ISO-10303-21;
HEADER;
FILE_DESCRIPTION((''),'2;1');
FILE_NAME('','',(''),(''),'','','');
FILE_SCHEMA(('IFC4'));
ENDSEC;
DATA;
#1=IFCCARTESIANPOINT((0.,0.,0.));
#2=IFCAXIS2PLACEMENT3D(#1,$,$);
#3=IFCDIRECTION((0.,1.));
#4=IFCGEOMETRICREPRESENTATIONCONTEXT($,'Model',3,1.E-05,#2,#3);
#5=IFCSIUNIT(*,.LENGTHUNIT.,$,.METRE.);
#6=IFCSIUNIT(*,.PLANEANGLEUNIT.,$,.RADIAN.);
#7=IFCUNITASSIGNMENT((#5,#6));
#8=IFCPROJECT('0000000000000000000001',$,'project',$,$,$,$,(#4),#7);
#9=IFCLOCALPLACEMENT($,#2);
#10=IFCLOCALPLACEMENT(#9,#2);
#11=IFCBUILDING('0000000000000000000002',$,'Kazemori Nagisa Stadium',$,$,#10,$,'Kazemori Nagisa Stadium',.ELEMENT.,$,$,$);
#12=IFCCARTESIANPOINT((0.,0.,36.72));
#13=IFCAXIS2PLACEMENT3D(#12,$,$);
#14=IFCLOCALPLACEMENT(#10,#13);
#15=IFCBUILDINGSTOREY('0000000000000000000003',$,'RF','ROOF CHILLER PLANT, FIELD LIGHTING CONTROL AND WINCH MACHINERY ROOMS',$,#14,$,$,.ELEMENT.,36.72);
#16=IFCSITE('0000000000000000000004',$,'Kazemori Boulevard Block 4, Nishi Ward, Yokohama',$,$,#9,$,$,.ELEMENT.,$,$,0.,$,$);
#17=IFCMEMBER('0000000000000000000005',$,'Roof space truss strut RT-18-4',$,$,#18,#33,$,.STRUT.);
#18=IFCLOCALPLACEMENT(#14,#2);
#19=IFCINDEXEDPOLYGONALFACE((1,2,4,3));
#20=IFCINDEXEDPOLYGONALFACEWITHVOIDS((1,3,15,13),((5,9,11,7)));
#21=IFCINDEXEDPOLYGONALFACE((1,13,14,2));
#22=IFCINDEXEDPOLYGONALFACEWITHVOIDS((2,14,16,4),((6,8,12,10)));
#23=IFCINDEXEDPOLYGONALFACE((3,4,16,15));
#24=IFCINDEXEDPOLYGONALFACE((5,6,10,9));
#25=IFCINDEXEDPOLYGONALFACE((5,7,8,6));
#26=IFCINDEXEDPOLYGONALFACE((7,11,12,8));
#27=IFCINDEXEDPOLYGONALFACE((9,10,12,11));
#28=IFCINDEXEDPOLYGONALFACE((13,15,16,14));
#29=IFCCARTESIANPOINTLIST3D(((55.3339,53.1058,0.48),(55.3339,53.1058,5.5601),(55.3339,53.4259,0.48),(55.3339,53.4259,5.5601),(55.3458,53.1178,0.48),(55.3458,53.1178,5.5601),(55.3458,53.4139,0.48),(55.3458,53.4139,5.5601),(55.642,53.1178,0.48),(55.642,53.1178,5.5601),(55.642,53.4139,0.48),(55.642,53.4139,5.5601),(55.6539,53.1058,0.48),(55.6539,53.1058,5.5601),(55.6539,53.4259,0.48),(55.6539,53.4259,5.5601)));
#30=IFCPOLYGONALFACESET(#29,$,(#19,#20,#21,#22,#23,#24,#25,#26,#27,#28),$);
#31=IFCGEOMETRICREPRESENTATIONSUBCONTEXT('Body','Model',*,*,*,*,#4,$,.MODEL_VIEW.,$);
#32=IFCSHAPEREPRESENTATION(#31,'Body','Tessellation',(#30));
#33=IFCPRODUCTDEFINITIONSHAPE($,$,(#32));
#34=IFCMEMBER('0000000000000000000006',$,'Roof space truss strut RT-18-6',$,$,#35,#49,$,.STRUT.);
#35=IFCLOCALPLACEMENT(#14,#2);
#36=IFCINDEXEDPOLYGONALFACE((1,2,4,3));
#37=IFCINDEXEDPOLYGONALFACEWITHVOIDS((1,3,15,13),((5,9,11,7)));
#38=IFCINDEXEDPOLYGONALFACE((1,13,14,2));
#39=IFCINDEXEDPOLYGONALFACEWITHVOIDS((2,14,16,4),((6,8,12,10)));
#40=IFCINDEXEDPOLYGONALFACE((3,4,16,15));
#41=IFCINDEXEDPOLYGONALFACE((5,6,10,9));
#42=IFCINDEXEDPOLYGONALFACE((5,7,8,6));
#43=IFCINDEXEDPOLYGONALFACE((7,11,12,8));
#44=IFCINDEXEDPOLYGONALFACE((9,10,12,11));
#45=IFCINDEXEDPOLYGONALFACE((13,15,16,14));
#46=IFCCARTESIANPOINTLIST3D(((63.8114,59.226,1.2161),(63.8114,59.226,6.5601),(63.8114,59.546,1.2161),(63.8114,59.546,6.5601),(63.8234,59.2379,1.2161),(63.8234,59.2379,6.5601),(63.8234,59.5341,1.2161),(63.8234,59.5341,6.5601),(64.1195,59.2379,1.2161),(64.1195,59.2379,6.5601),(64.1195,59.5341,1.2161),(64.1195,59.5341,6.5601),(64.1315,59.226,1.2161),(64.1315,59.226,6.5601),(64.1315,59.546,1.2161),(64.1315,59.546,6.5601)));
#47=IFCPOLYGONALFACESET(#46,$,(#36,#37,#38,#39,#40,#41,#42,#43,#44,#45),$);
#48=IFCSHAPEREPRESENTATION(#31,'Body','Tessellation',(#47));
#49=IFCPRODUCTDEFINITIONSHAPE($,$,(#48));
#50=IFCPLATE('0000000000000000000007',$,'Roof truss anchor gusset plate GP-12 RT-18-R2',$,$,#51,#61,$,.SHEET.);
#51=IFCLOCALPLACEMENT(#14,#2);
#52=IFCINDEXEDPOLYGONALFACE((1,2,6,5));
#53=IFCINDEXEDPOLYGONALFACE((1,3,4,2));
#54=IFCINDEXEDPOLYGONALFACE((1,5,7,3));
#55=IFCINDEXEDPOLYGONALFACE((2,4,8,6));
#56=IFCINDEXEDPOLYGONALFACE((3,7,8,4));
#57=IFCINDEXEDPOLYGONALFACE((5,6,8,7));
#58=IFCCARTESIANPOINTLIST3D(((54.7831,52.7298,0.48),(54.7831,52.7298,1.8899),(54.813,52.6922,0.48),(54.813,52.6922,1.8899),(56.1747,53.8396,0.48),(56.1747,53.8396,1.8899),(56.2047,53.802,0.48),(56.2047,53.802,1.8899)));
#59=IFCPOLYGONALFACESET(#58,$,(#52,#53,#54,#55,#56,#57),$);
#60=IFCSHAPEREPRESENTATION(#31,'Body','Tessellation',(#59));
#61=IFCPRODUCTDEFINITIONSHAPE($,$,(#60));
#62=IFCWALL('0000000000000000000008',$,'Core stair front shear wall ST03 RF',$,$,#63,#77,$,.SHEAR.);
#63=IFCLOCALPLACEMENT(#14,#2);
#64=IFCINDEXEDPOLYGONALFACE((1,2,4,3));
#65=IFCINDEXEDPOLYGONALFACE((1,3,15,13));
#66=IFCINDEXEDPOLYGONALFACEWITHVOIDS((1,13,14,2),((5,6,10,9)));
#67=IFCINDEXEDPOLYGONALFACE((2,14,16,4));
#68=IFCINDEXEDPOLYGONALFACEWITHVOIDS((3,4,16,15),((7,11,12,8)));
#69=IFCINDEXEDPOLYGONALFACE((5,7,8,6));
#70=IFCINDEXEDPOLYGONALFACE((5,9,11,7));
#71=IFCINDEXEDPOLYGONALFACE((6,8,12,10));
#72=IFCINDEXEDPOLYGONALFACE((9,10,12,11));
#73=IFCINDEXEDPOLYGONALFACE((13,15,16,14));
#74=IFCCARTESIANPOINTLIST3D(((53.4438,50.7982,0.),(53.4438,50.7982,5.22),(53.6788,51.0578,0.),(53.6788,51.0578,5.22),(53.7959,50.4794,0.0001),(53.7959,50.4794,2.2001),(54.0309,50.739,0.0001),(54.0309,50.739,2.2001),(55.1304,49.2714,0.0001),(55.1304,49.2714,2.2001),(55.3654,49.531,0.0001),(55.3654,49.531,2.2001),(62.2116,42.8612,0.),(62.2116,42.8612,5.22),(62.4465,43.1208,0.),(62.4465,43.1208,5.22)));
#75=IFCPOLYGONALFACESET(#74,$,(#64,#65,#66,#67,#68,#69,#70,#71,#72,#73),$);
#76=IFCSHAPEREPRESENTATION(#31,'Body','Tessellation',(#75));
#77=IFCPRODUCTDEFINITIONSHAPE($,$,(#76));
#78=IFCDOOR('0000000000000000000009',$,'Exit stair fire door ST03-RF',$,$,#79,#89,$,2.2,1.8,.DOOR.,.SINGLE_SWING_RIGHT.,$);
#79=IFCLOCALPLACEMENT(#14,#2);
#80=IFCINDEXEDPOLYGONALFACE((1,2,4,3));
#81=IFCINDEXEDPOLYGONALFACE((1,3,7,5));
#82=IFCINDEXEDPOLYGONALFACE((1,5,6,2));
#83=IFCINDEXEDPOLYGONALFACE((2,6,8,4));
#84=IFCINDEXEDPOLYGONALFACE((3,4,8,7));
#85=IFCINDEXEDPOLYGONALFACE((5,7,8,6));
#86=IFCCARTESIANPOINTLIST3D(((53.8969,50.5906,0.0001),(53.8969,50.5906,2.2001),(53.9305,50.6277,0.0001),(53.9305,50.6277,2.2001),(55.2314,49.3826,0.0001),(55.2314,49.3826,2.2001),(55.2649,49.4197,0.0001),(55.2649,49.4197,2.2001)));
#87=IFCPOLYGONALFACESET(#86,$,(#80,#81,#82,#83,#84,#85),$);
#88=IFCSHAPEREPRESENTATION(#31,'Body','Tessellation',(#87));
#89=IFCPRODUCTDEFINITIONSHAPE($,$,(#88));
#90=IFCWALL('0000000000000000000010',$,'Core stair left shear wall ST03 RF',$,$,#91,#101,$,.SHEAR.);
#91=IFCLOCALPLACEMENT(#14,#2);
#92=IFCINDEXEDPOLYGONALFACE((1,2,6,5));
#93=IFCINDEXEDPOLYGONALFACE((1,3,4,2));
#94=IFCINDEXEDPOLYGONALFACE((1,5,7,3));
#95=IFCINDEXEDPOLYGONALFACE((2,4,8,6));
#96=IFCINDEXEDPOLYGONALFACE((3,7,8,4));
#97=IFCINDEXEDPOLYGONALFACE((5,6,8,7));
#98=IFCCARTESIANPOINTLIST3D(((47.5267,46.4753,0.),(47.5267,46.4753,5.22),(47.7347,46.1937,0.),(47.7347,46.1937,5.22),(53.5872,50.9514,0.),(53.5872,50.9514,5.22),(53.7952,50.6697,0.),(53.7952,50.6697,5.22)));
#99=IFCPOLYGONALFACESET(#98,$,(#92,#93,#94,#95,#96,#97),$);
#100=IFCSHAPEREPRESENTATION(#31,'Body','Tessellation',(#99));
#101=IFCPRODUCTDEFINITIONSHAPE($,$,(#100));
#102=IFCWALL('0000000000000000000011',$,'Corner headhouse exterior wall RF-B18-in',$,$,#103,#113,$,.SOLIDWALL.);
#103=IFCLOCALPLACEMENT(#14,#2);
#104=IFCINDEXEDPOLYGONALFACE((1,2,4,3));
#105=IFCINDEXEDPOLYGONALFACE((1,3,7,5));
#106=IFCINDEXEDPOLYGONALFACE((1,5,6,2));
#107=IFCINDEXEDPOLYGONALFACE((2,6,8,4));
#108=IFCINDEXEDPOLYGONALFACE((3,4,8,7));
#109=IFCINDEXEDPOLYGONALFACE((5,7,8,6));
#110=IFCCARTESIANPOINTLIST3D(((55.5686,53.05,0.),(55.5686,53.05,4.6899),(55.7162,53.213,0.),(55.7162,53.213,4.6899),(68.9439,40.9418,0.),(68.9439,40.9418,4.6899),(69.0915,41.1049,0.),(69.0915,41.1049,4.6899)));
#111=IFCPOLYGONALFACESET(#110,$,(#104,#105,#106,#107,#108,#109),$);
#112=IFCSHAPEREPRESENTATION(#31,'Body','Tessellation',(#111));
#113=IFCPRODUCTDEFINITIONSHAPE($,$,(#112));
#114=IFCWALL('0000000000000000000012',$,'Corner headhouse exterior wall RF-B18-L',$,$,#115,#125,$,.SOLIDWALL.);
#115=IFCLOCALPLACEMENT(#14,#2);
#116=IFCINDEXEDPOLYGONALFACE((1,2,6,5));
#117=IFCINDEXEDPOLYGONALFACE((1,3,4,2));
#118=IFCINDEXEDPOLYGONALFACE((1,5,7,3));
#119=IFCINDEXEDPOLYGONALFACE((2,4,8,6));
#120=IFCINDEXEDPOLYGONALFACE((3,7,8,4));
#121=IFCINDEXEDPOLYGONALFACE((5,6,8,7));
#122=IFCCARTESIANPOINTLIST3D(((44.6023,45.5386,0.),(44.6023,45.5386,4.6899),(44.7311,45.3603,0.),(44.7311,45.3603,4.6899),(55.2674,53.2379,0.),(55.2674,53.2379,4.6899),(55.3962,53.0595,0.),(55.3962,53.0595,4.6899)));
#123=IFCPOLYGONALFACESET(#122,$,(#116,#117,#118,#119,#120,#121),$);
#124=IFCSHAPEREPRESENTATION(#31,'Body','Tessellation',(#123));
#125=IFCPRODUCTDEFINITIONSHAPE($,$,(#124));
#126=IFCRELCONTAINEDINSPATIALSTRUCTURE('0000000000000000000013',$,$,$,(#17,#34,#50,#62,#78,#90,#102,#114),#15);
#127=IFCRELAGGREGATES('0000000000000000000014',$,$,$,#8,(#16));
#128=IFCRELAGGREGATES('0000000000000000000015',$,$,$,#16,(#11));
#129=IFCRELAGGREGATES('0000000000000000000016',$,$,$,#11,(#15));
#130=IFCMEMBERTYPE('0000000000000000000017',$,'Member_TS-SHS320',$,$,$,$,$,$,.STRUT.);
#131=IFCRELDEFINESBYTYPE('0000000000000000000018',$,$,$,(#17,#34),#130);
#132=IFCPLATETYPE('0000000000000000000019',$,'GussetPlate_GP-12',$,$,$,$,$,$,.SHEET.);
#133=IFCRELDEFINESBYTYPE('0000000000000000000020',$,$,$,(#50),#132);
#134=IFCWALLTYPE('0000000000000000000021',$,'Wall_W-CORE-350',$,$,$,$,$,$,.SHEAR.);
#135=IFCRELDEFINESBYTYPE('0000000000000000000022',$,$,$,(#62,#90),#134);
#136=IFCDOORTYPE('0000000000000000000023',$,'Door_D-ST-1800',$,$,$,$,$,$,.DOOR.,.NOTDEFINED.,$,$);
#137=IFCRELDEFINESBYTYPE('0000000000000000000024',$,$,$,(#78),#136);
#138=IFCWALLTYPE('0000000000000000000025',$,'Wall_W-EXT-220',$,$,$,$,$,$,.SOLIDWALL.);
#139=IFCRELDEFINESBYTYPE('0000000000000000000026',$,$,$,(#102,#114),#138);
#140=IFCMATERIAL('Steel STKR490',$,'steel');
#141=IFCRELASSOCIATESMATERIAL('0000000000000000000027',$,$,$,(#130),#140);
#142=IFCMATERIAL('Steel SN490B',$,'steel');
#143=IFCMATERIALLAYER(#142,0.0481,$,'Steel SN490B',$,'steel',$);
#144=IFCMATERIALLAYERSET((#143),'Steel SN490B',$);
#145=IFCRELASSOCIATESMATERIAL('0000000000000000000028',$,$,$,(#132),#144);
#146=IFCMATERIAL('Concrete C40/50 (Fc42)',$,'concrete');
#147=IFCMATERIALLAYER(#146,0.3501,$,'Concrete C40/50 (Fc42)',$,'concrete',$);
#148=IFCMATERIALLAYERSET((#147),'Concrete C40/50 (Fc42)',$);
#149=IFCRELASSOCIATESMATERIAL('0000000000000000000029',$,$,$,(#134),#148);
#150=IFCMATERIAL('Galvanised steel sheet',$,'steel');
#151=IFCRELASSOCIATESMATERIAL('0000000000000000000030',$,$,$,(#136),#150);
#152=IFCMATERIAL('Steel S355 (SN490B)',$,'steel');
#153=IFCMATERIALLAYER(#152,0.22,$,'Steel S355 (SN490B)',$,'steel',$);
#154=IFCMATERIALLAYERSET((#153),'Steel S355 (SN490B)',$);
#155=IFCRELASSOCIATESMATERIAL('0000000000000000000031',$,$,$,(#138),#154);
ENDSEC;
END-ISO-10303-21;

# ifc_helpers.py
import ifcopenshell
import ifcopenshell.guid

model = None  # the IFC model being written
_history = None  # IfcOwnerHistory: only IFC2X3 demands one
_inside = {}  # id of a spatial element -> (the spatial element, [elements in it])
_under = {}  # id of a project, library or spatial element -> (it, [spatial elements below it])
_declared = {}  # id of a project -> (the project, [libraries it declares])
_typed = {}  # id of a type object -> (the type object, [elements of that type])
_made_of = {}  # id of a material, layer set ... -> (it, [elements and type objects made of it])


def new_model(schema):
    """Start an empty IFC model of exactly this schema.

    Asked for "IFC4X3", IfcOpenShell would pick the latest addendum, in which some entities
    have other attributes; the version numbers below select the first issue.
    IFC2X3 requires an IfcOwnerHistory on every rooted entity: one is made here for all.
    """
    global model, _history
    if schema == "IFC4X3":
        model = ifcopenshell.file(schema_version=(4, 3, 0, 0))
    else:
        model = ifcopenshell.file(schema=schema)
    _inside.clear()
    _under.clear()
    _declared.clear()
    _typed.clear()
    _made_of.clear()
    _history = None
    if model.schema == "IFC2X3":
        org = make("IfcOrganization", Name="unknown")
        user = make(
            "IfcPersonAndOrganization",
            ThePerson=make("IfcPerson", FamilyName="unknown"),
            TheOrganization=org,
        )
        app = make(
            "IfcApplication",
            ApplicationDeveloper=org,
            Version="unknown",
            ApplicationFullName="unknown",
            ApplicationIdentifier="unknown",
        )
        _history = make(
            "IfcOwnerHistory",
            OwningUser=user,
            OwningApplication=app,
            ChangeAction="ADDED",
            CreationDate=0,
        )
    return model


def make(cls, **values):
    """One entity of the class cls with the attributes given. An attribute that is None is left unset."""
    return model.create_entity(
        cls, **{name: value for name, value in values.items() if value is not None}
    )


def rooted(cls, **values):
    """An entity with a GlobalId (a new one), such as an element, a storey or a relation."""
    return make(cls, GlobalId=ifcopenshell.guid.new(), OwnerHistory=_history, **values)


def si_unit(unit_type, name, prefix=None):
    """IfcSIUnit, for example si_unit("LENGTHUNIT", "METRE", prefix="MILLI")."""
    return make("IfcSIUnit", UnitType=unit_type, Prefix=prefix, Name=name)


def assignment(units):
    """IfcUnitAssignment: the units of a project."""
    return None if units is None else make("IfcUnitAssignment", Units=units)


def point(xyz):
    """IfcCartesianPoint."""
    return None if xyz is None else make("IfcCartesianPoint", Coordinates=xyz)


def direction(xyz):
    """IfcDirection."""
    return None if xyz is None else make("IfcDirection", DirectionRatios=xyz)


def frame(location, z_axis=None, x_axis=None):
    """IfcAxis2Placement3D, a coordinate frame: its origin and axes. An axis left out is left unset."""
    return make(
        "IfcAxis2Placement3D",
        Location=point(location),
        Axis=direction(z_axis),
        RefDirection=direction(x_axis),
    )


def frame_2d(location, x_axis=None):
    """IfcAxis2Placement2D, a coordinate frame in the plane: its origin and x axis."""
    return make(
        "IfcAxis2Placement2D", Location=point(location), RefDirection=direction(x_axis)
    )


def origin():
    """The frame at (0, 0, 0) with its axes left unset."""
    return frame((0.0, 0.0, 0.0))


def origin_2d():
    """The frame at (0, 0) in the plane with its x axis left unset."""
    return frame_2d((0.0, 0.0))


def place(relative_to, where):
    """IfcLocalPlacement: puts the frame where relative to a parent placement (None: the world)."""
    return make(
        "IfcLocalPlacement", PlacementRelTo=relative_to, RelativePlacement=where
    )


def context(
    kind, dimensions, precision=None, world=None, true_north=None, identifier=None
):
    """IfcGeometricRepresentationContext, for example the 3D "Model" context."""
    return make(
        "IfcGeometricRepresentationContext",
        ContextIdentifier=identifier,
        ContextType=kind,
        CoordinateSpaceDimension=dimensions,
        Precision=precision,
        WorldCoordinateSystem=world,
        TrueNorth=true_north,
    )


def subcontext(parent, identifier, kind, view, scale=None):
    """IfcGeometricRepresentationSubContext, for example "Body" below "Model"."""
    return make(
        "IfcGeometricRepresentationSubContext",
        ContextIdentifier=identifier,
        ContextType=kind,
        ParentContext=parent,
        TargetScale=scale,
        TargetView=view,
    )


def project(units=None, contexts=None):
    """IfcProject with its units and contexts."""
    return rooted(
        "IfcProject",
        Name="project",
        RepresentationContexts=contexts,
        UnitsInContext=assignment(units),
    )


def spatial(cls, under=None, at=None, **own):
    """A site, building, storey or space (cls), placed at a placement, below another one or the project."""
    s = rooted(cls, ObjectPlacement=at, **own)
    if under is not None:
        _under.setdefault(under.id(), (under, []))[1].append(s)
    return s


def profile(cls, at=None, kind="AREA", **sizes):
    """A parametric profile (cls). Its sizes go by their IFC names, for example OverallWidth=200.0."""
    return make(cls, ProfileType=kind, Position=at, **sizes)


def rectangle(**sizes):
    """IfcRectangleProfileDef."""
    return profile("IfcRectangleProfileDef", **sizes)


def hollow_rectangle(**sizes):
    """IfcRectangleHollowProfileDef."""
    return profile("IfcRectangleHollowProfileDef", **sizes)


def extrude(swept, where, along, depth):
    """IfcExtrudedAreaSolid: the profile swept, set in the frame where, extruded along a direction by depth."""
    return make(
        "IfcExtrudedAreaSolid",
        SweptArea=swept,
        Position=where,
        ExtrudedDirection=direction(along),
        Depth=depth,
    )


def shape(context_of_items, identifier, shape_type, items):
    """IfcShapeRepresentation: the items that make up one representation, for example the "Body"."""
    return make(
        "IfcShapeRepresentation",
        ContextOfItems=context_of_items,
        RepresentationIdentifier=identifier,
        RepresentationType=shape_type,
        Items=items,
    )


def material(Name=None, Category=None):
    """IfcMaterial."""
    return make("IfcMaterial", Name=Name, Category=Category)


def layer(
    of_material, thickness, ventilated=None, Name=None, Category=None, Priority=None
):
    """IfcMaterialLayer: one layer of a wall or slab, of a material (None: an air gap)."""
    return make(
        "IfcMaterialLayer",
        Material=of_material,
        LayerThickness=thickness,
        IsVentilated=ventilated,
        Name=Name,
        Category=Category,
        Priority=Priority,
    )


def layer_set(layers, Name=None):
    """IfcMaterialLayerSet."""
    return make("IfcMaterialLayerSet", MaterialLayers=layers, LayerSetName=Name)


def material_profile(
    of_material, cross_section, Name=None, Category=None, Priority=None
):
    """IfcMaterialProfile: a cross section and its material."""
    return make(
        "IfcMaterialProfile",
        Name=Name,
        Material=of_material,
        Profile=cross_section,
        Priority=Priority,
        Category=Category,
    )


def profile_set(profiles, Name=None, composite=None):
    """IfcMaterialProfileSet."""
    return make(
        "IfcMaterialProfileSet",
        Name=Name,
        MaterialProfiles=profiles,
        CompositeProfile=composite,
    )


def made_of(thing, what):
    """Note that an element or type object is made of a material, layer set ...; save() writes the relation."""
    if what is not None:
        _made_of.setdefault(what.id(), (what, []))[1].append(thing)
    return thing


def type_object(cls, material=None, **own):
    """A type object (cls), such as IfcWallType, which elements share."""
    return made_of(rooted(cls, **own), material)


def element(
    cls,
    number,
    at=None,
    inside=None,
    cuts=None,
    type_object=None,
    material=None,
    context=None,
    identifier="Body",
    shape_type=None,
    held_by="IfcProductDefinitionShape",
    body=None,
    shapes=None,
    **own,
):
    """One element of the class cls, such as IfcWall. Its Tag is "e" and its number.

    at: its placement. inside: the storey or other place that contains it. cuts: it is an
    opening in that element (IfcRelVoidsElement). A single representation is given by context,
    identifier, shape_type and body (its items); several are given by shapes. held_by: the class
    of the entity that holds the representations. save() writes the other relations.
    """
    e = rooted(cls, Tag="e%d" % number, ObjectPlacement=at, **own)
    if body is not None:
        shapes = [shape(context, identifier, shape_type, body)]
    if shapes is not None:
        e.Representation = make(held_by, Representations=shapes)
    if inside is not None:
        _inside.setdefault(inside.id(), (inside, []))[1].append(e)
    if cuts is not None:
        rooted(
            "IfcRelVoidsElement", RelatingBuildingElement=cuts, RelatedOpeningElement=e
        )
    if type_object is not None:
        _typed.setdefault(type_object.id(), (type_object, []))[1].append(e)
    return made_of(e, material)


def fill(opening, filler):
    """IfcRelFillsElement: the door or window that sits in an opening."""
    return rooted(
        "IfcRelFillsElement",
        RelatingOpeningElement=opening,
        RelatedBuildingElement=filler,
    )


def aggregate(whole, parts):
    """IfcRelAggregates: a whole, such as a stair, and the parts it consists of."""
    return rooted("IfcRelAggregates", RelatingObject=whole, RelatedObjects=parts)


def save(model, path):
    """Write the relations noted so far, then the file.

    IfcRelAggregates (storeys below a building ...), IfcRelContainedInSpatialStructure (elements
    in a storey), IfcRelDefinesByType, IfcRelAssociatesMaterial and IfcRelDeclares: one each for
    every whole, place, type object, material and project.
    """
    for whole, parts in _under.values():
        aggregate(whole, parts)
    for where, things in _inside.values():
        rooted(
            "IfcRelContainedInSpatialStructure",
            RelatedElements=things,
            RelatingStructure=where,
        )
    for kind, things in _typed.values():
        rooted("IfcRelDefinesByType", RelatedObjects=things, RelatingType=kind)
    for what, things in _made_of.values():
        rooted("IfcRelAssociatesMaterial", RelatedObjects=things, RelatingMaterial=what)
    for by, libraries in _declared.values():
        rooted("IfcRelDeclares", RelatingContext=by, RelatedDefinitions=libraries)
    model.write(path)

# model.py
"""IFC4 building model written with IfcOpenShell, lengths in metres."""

from ifc_helpers import new_model, si_unit, direction, frame, frame_2d, origin, origin_2d, place, context, subcontext, project, spatial, rectangle, hollow_rectangle, extrude, material, layer, layer_set, material_profile, profile_set, type_object, element, fill, save


model = new_model("IFC4")

# Units and contexts
model_context = context("Model", 3, precision=1e-05, world=origin(), true_north=direction((0.0, 1.0)))
body_context = subcontext(model_context, "Body", "Model", "MODEL_VIEW")
ifc_project = project(units=[si_unit("LENGTHUNIT", "METRE"), si_unit("PLANEANGLEUNIT", "RADIAN")], contexts=[model_context])

# Site, building, storey
site_placement = place(None, origin())
site = spatial("IfcSite", under=ifc_project, at=site_placement, Name="Kazemori Boulevard Block 4, Nishi Ward, Yokohama", CompositionType="ELEMENT", RefElevation=0.0)
building_placement = place(site_placement, origin())
building = spatial("IfcBuilding", under=site, at=building_placement, Name="Kazemori Nagisa Stadium", LongName="Kazemori Nagisa Stadium", CompositionType="ELEMENT")
storey_placement = place(building_placement, frame((0.0, 0.0, 36.72)))
storey = spatial("IfcBuildingStorey", under=building, at=storey_placement, Name="RF", Description="ROOF CHILLER PLANT, FIELD LIGHTING CONTROL AND WINCH MACHINERY ROOMS", CompositionType="ELEMENT", Elevation=36.72)

# Shared definitions
ifc_material_1 = material(Name="Steel SN490B", Category="steel")

# Shared definitions
ifc_material_2 = material(Name="Concrete C40/50 (Fc42)", Category="concrete")

# Members
ifc_material_3 = material(Name="Steel STKR490", Category="steel")
ifc_material_profile_1 = material_profile(ifc_material_3, hollow_rectangle(XDim=0.3201, YDim=0.3201, WallThickness=0.012, at=origin_2d()), Name="SHS-320x320x12")
ifc_profile_set_1 = profile_set([ifc_material_profile_1], Name="Steel STKR490")
member_type_1 = type_object("IfcMemberType", Name="Member_TS-SHS320", PredefinedType="STRUT", material=ifc_profile_set_1)
member_1_placement = place(storey_placement, frame((55.4939, 53.2659, 0.48), z_axis=(0.0, 0.0, 1.0), x_axis=(1.0, 0.0, 0.0)))
element("IfcMember", 1, at=member_1_placement, inside=storey, type_object=member_type_1, Name="Roof space truss strut RT-18-4", PredefinedType="STRUT", context=body_context, shape_type="SweptSolid", body=[
    extrude(hollow_rectangle(XDim=0.3201, YDim=0.3201, WallThickness=0.012, at=origin_2d()), origin(), (0.0, 0.0, 1.0), 5.0801),
])
member_2_placement = place(storey_placement, frame((63.9714, 59.386, 1.2161), z_axis=(0.0, 0.0, 1.0), x_axis=(1.0, 0.0, 0.0)))
element("IfcMember", 2, at=member_2_placement, inside=storey, type_object=member_type_1, Name="Roof space truss strut RT-18-6", PredefinedType="STRUT", context=body_context, shape_type="SweptSolid", body=[
    extrude(hollow_rectangle(XDim=0.3201, YDim=0.3201, WallThickness=0.012, at=origin_2d()), origin(), (0.0, 0.0, 1.0), 5.344),
])

# Plate
ifc_layer_1 = layer(ifc_material_1, 0.0481, Name="Steel SN490B", Category="steel")
ifc_layer_set_1 = layer_set([ifc_layer_1], Name="Steel SN490B")
plate_type = type_object("IfcPlateType", Name="GussetPlate_GP-12", PredefinedType="SHEET", material=ifc_layer_set_1)
plate_placement = place(storey_placement, frame((55.4939, 53.2659, 0.48), z_axis=(0.0, 0.0, 1.0), x_axis=(-0.781831, -0.62349, 0.0)))
element("IfcPlate", 3, at=plate_placement, inside=storey, type_object=plate_type, Name="Roof truss anchor gusset plate GP-12 RT-18-R2", PredefinedType="SHEET", context=body_context, shape_type="SweptSolid", body=[
    extrude(rectangle(XDim=1.78, YDim=0.0481, at=origin_2d()), origin(), (0.0, 0.0, 1.0), 1.4099),
])

# Wall, opening, door
ifc_layer_2 = layer(ifc_material_2, 0.3501, Name="Concrete C40/50 (Fc42)", Category="concrete")
ifc_layer_set_2 = layer_set([ifc_layer_2], Name="Concrete C40/50 (Fc42)")
wall_type_1 = type_object("IfcWallType", Name="Wall_W-CORE-350", PredefinedType="SHEAR", material=ifc_layer_set_2)
wall_1_placement = place(storey_placement, frame((53.5613, 50.928, 0.0), z_axis=(0.0, 0.0, 1.0), x_axis=(0.741358, -0.67111, 0.0)))
wall_1 = element("IfcWall", 4, at=wall_1_placement, inside=storey, type_object=wall_type_1, Name="Core stair front shear wall ST03 RF", PredefinedType="SHEAR", context=body_context, shape_type="SweptSolid", body=[
    extrude(rectangle(XDim=11.8267, YDim=0.3501, at=frame_2d((5.9133, 0.0))), origin(), (0.0, 0.0, 1.0), 5.22),
])
opening_placement = place(wall_1_placement, frame((0.4751, 0.0, 0.0)))
opening = element("IfcOpeningElement", 5, at=opening_placement, cuts=wall_1, PredefinedType="OPENING", context=body_context, shape_type="SweptSolid", body=[
    extrude(rectangle(XDim=1.8, YDim=2.2, at=frame_2d((0.8999, 1.1001))), frame((0.0, 0.1851, 0.0), z_axis=(0.0, -1.0, 0.0), x_axis=(1.0, 0.0, 0.0)), (0.0, 0.0, 1.0), 0.3701),
])
ifc_material_4 = material(Name="Galvanised steel sheet", Category="steel")
door_type = type_object("IfcDoorType", Name="Door_D-ST-1800", OperationType="NOTDEFINED", PredefinedType="DOOR", material=ifc_material_4)
door_placement = place(opening_placement, frame((1.8, 0.0, 0.0), z_axis=(0.0, 0.0, 1.0), x_axis=(-1.0, 0.0, 0.0)))
door = element("IfcDoor", 6, at=door_placement, inside=storey, type_object=door_type, Name="Exit stair fire door ST03-RF", OperationType="SINGLE_SWING_RIGHT", OverallHeight=2.2, OverallWidth=1.8, PredefinedType="DOOR", context=body_context, shape_type="SweptSolid", body=[
    extrude(rectangle(XDim=1.8, YDim=2.2, at=frame_2d((0.8999, 1.1001))), frame((0.0, 0.0249, 0.0), z_axis=(0.0, -1.0, 0.0), x_axis=(1.0, 0.0, 0.0)), (0.0, 0.0, 1.0), 0.05),
])
fill(opening, door)

# Walls
wall_2_placement = place(storey_placement, frame((53.6912, 50.8105, 0.0), z_axis=(0.0, 0.0, 1.0), x_axis=(-0.804396, -0.594094, 0.0)))
element("IfcWall", 7, at=wall_2_placement, inside=storey, type_object=wall_type_1, Name="Core stair left shear wall ST03 RF", PredefinedType="SHEAR", context=body_context, shape_type="SweptSolid", body=[
    extrude(rectangle(XDim=7.5342, YDim=0.3501, at=frame_2d((3.7671, 0.0))), origin(), (0.0, 0.0, 1.0), 5.22),
])
ifc_material_5 = material(Name="Steel S355 (SN490B)", Category="steel")
ifc_layer_3 = layer(ifc_material_5, 0.22, Name="Steel S355 (SN490B)", Category="steel")
ifc_layer_set_3 = layer_set([ifc_layer_3], Name="Steel S355 (SN490B)")
wall_type_2 = type_object("IfcWallType", Name="Wall_W-EXT-220", PredefinedType="SOLIDWALL", material=ifc_layer_set_3)
wall_3_placement = place(storey_placement, frame((55.6423, 53.1316, 0.0), z_axis=(0.0, 0.0, 1.0), x_axis=(0.74135, -0.671119, 0.0)))
element("IfcWall", 8, at=wall_3_placement, inside=storey, type_object=wall_type_2, Name="Corner headhouse exterior wall RF-B18-in", PredefinedType="SOLIDWALL", context=body_context, shape_type="SweptSolid", body=[
    extrude(rectangle(XDim=18.0417, YDim=0.22, at=frame_2d((9.021, 0.0))), origin(), (0.0, 0.0, 1.0), 4.6899),
])
wall_4_placement = place(storey_placement, frame((55.3318, 53.1487, 0.0), z_axis=(0.0, 0.0, 1.0), x_axis=(-0.810799, -0.585325, 0.0)))
element("IfcWall", 9, at=wall_4_placement, inside=storey, type_object=wall_type_2, Name="Corner headhouse exterior wall RF-B18-L", PredefinedType="SOLIDWALL", context=body_context, shape_type="SweptSolid", body=[
    extrude(rectangle(XDim=13.1538, YDim=0.22, at=frame_2d((6.5769, 0.0))), origin(), (0.0, 0.0, 1.0), 4.6899),
])

save(model, "model.ifc")
